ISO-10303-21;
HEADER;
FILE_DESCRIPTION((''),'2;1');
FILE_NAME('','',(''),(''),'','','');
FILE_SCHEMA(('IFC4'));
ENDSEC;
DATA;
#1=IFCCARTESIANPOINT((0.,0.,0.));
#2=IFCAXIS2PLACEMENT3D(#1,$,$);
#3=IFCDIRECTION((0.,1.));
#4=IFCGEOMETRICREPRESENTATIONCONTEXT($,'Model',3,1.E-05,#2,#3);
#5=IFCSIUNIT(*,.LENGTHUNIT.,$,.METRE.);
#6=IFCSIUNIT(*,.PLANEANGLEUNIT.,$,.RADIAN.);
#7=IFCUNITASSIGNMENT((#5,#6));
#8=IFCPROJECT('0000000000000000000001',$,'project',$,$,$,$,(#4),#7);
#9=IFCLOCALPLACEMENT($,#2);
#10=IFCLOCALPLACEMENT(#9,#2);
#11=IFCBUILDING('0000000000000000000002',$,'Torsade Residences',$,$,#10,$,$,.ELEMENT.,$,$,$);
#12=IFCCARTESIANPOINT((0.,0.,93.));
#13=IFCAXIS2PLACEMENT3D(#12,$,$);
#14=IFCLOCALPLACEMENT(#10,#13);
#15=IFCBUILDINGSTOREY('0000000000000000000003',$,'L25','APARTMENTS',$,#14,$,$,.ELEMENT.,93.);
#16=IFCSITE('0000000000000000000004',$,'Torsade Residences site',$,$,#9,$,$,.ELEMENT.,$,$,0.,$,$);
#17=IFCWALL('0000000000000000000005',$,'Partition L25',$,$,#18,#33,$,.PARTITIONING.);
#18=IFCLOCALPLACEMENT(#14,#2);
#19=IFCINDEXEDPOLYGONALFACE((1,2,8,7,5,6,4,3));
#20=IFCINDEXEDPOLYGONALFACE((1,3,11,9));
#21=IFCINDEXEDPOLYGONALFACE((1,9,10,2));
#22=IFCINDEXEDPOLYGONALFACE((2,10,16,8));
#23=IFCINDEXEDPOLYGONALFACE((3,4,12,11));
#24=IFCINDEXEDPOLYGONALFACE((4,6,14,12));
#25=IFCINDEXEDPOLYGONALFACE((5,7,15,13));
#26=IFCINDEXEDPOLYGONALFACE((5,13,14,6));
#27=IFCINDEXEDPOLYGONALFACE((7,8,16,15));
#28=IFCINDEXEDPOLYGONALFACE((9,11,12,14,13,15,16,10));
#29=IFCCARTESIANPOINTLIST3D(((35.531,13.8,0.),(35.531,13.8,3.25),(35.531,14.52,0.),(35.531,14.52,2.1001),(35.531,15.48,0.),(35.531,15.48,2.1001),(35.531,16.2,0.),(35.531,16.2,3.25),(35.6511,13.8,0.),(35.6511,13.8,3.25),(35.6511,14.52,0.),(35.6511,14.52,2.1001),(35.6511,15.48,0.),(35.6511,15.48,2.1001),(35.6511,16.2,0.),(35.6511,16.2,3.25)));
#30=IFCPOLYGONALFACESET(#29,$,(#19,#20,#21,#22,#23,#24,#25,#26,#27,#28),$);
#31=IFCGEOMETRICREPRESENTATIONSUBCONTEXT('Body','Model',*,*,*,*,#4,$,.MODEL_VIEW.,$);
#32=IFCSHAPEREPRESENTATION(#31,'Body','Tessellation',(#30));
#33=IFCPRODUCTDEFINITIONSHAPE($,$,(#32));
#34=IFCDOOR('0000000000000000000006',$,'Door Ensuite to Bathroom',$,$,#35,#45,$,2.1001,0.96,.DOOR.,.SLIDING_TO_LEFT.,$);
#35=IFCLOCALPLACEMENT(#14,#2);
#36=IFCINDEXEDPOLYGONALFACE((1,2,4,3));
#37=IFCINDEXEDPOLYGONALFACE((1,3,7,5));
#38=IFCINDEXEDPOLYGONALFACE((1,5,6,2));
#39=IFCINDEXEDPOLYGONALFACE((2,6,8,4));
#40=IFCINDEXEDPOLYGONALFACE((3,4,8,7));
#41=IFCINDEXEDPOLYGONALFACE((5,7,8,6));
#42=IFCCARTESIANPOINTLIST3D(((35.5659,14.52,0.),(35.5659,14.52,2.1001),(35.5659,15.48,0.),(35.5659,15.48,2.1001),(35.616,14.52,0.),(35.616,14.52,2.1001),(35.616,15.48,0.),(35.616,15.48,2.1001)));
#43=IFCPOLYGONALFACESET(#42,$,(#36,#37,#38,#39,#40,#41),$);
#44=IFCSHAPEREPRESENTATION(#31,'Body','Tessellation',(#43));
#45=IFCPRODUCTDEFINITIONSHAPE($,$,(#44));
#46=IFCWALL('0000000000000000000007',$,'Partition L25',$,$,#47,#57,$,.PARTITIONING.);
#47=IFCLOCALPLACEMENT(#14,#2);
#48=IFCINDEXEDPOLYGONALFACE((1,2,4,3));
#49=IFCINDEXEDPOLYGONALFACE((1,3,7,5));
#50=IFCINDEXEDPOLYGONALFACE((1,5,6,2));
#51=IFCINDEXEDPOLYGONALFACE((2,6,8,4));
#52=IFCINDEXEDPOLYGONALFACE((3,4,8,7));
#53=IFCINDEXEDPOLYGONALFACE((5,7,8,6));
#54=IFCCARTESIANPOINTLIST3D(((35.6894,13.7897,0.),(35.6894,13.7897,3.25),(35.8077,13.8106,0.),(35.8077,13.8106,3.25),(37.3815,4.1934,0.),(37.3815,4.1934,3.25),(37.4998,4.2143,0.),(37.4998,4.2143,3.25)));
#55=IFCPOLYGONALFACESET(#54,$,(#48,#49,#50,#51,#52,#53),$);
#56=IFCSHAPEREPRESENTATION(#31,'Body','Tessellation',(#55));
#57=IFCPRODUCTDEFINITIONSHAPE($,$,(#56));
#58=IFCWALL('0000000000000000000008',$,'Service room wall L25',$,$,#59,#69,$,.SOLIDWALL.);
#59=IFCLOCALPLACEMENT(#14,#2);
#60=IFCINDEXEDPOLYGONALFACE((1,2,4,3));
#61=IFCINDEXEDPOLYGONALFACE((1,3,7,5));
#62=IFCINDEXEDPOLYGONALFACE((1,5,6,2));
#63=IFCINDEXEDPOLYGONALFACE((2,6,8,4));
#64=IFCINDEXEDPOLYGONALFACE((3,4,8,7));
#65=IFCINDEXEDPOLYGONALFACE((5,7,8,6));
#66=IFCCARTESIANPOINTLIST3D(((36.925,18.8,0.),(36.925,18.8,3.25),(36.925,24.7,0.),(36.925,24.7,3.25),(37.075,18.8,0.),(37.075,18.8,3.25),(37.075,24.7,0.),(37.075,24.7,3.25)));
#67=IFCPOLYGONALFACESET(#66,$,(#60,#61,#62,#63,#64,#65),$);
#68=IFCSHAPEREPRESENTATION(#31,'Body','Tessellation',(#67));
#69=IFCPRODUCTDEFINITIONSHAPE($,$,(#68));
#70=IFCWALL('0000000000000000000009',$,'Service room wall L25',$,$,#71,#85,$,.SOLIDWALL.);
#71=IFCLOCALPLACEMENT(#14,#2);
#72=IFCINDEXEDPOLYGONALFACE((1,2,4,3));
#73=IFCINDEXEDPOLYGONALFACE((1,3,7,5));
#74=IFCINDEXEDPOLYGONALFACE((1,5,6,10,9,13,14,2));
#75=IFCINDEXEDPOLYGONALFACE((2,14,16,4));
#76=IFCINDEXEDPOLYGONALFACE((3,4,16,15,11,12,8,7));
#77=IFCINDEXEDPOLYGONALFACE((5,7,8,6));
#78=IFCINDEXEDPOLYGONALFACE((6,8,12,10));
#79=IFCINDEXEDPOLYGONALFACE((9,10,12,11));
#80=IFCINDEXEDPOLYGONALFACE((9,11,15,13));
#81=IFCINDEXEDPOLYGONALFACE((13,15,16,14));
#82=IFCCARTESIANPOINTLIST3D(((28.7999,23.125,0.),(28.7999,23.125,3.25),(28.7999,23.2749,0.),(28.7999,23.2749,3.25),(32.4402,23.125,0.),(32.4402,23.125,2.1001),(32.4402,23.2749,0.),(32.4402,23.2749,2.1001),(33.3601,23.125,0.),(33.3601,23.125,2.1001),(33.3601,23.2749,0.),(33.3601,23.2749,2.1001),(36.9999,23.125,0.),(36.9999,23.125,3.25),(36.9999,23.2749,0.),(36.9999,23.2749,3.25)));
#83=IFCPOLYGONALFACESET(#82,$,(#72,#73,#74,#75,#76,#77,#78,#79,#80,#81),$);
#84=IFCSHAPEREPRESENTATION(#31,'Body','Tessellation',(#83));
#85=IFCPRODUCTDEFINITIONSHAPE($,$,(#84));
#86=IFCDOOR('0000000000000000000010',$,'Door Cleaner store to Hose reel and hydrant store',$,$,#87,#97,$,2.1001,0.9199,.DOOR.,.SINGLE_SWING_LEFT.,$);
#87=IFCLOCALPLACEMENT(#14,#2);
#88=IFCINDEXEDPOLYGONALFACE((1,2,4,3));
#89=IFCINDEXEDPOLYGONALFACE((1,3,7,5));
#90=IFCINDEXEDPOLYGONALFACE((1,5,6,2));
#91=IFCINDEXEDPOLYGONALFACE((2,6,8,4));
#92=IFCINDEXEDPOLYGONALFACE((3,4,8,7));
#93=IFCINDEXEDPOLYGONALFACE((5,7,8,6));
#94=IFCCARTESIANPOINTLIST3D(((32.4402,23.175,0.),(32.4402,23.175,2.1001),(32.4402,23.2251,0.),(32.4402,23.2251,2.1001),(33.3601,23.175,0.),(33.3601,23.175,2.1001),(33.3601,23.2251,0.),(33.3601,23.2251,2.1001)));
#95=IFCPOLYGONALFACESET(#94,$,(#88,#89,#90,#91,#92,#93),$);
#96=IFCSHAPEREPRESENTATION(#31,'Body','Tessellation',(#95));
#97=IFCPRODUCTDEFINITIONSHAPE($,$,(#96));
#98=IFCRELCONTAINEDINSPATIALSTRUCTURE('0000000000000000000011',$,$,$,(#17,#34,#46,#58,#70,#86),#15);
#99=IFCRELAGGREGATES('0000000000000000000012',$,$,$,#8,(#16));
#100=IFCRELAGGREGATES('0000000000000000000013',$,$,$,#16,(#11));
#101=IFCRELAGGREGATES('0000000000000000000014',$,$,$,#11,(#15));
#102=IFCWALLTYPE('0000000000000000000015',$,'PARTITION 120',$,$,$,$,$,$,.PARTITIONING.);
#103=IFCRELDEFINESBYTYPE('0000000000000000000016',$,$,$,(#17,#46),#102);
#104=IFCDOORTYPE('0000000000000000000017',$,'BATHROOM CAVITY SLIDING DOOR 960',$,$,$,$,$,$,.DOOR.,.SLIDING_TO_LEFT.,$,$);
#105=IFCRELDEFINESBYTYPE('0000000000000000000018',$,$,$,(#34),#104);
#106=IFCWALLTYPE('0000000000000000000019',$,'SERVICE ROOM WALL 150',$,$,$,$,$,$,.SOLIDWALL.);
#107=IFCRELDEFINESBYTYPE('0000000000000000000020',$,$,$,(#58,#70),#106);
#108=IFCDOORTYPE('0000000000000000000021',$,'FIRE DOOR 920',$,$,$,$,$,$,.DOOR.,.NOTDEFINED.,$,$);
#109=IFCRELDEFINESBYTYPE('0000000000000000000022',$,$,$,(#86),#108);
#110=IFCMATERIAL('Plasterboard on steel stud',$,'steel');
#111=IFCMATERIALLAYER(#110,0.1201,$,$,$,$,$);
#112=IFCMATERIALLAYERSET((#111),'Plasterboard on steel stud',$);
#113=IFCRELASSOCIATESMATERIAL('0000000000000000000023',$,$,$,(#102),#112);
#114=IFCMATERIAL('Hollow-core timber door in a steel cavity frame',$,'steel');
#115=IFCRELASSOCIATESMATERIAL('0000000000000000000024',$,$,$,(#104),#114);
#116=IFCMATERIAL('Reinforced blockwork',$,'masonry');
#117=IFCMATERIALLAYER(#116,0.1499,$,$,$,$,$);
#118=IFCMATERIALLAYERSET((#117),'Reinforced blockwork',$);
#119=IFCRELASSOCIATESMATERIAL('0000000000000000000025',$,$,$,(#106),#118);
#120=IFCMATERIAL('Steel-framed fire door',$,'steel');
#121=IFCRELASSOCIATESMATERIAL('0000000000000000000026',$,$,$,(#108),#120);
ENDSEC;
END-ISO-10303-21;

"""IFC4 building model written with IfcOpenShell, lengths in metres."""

from ifc_helpers import new_model, si_unit, direction, frame, frame_2d, origin, place, context, subcontext, project, spatial, rectangle, extrude, material, layer, layer_set, type_object, element, fill, save


model = new_model("IFC4")

# Units and contexts
model_context = context("Model", 3, precision=1e-05, world=origin(), true_north=direction((0.0, 1.0)))
body_context = subcontext(model_context, "Body", "Model", "MODEL_VIEW")
ifc_project = project(units=[si_unit("LENGTHUNIT", "METRE"), si_unit("PLANEANGLEUNIT", "RADIAN")], contexts=[model_context])

# Site, building, storey
site_placement = place(None, origin())
site = spatial("IfcSite", under=ifc_project, at=site_placement, Name="Torsade Residences site", CompositionType="ELEMENT", RefElevation=0.0)
building_placement = place(site_placement, origin())
building = spatial("IfcBuilding", under=site, at=building_placement, Name="Torsade Residences", CompositionType="ELEMENT")
storey_placement = place(building_placement, frame((0.0, 0.0, 93.0)))
storey = spatial("IfcBuildingStorey", under=building, at=storey_placement, Name="L25", Description="APARTMENTS", CompositionType="ELEMENT", Elevation=93.0)

# Wall, opening, door
ifc_material_1 = material(Name="Plasterboard on steel stud", Category="steel")
ifc_layer_1 = layer(ifc_material_1, 0.1201)
ifc_layer_set_1 = layer_set([ifc_layer_1], Name="Plasterboard on steel stud")
wall_type_1 = type_object("IfcWallType", Name="PARTITION 120", PredefinedType="PARTITIONING", material=ifc_layer_set_1)
ifc_material_2 = material(Name="Hollow-core timber door in a steel cavity frame", Category="steel")
door_type_1 = type_object("IfcDoorType", Name="BATHROOM CAVITY SLIDING DOOR 960", OperationType="SLIDING_TO_LEFT", PredefinedType="DOOR", material=ifc_material_2)
wall_1_placement = place(storey_placement, frame((35.5911, 16.2, 0.0), z_axis=(0.0, 0.0, 1.0), x_axis=(0.0, -1.0, 0.0)))
wall_1 = element("IfcWall", 1, at=wall_1_placement, inside=storey, type_object=wall_type_1, Name="Partition L25", PredefinedType="PARTITIONING", context=body_context, shape_type="SweptSolid", body=[
    extrude(rectangle(XDim=2.3999, YDim=0.1201, at=frame_2d((1.2, 0.0))), origin(), (0.0, 0.0, 1.0), 3.25),
])
opening_1_placement = place(wall_1_placement, frame((0.72, 0.0, 0.0)))
opening_1 = element("IfcOpeningElement", 2, at=opening_1_placement, cuts=wall_1, PredefinedType="OPENING", context=body_context, shape_type="SweptSolid", body=[
    extrude(rectangle(XDim=0.96, YDim=2.1001, at=frame_2d((0.48, 1.05))), frame((0.0, 0.0701, 0.0), z_axis=(0.0, -1.0, 0.0), x_axis=(1.0, 0.0, 0.0)), (0.0, 0.0, 1.0), 0.1401),
])
door_1_placement = place(opening_1_placement, origin())
door_1 = element("IfcDoor", 3, at=door_1_placement, inside=storey, type_object=door_type_1, Name="Door Ensuite to Bathroom", OperationType="SLIDING_TO_LEFT", OverallHeight=2.1001, OverallWidth=0.96, PredefinedType="DOOR", context=body_context, shape_type="SweptSolid", body=[
    extrude(rectangle(XDim=0.96, YDim=2.1001, at=frame_2d((0.48, 1.05))), frame((0.0, 0.0249, 0.0), z_axis=(0.0, -1.0, 0.0), x_axis=(1.0, 0.0, 0.0)), (0.0, 0.0, 1.0), 0.05),
])
fill(opening_1, door_1)

# Walls
wall_2_placement = place(storey_placement, frame((35.7485, 13.8, 0.0), z_axis=(0.0, 0.0, 1.0), x_axis=(0.173651, -0.984807, 0.0)))
element("IfcWall", 4, at=wall_2_placement, inside=storey, type_object=wall_type_1, Name="Partition L25", PredefinedType="PARTITIONING", context=body_context, shape_type="SweptSolid", body=[
    extrude(rectangle(XDim=9.7444, YDim=0.1201, at=frame_2d((4.8721, 0.0))), origin(), (0.0, 0.0, 1.0), 3.25),
])
ifc_material_3 = material(Name="Reinforced blockwork", Category="masonry")
ifc_layer_2 = layer(ifc_material_3, 0.1499)
ifc_layer_set_2 = layer_set([ifc_layer_2], Name="Reinforced blockwork")
wall_type_2 = type_object("IfcWallType", Name="SERVICE ROOM WALL 150", PredefinedType="SOLIDWALL", material=ifc_layer_set_2)
wall_3_placement = place(storey_placement, frame((37.0, 18.8, 0.0), z_axis=(0.0, 0.0, 1.0), x_axis=(0.0, 1.0, 0.0)))
element("IfcWall", 5, at=wall_3_placement, inside=storey, type_object=wall_type_2, Name="Service room wall L25", PredefinedType="SOLIDWALL", context=body_context, shape_type="SweptSolid", body=[
    extrude(rectangle(XDim=5.8999, YDim=0.1499, at=frame_2d((2.95, 0.0))), origin(), (0.0, 0.0, 1.0), 3.25),
])

# Wall, opening, door
wall_4_placement = place(storey_placement, frame((37.0, 23.2, 0.0), z_axis=(0.0, 0.0, 1.0), x_axis=(-1.0, 0.0, 0.0)))
wall_4 = element("IfcWall", 6, at=wall_4_placement, inside=storey, type_object=wall_type_2, Name="Service room wall L25", PredefinedType="SOLIDWALL", context=body_context, shape_type="SweptSolid", body=[
    extrude(rectangle(XDim=8.2, YDim=0.1499, at=frame_2d((4.1001, 0.0))), origin(), (0.0, 0.0, 1.0), 3.25),
])
opening_2_placement = place(wall_4_placement, frame((3.6399, 0.0, 0.0)))
opening_2 = element("IfcOpeningElement", 7, at=opening_2_placement, cuts=wall_4, PredefinedType="OPENING", context=body_context, shape_type="SweptSolid", body=[
    extrude(rectangle(XDim=0.9199, YDim=2.1001, at=frame_2d((0.46, 1.05))), frame((0.0, 0.085, 0.0), z_axis=(0.0, -1.0, 0.0), x_axis=(1.0, 0.0, 0.0)), (0.0, 0.0, 1.0), 0.1699),
])
ifc_material_4 = material(Name="Steel-framed fire door", Category="steel")
door_type_2 = type_object("IfcDoorType", Name="FIRE DOOR 920", OperationType="NOTDEFINED", PredefinedType="DOOR", material=ifc_material_4)
door_2_placement = place(opening_2_placement, origin())
door_2 = element("IfcDoor", 8, at=door_2_placement, inside=storey, type_object=door_type_2, Name="Door Cleaner store to Hose reel and hydrant store", OperationType="SINGLE_SWING_LEFT", OverallHeight=2.1001, OverallWidth=0.9199, PredefinedType="DOOR", context=body_context, shape_type="SweptSolid", body=[
    extrude(rectangle(XDim=0.9199, YDim=2.1001, at=frame_2d((0.46, 1.05))), frame((0.0, 0.0249, 0.0), z_axis=(0.0, -1.0, 0.0), x_axis=(1.0, 0.0, 0.0)), (0.0, 0.0, 1.0), 0.05),
])
fill(opening_2, door_2)

save(model, "model.ifc")
